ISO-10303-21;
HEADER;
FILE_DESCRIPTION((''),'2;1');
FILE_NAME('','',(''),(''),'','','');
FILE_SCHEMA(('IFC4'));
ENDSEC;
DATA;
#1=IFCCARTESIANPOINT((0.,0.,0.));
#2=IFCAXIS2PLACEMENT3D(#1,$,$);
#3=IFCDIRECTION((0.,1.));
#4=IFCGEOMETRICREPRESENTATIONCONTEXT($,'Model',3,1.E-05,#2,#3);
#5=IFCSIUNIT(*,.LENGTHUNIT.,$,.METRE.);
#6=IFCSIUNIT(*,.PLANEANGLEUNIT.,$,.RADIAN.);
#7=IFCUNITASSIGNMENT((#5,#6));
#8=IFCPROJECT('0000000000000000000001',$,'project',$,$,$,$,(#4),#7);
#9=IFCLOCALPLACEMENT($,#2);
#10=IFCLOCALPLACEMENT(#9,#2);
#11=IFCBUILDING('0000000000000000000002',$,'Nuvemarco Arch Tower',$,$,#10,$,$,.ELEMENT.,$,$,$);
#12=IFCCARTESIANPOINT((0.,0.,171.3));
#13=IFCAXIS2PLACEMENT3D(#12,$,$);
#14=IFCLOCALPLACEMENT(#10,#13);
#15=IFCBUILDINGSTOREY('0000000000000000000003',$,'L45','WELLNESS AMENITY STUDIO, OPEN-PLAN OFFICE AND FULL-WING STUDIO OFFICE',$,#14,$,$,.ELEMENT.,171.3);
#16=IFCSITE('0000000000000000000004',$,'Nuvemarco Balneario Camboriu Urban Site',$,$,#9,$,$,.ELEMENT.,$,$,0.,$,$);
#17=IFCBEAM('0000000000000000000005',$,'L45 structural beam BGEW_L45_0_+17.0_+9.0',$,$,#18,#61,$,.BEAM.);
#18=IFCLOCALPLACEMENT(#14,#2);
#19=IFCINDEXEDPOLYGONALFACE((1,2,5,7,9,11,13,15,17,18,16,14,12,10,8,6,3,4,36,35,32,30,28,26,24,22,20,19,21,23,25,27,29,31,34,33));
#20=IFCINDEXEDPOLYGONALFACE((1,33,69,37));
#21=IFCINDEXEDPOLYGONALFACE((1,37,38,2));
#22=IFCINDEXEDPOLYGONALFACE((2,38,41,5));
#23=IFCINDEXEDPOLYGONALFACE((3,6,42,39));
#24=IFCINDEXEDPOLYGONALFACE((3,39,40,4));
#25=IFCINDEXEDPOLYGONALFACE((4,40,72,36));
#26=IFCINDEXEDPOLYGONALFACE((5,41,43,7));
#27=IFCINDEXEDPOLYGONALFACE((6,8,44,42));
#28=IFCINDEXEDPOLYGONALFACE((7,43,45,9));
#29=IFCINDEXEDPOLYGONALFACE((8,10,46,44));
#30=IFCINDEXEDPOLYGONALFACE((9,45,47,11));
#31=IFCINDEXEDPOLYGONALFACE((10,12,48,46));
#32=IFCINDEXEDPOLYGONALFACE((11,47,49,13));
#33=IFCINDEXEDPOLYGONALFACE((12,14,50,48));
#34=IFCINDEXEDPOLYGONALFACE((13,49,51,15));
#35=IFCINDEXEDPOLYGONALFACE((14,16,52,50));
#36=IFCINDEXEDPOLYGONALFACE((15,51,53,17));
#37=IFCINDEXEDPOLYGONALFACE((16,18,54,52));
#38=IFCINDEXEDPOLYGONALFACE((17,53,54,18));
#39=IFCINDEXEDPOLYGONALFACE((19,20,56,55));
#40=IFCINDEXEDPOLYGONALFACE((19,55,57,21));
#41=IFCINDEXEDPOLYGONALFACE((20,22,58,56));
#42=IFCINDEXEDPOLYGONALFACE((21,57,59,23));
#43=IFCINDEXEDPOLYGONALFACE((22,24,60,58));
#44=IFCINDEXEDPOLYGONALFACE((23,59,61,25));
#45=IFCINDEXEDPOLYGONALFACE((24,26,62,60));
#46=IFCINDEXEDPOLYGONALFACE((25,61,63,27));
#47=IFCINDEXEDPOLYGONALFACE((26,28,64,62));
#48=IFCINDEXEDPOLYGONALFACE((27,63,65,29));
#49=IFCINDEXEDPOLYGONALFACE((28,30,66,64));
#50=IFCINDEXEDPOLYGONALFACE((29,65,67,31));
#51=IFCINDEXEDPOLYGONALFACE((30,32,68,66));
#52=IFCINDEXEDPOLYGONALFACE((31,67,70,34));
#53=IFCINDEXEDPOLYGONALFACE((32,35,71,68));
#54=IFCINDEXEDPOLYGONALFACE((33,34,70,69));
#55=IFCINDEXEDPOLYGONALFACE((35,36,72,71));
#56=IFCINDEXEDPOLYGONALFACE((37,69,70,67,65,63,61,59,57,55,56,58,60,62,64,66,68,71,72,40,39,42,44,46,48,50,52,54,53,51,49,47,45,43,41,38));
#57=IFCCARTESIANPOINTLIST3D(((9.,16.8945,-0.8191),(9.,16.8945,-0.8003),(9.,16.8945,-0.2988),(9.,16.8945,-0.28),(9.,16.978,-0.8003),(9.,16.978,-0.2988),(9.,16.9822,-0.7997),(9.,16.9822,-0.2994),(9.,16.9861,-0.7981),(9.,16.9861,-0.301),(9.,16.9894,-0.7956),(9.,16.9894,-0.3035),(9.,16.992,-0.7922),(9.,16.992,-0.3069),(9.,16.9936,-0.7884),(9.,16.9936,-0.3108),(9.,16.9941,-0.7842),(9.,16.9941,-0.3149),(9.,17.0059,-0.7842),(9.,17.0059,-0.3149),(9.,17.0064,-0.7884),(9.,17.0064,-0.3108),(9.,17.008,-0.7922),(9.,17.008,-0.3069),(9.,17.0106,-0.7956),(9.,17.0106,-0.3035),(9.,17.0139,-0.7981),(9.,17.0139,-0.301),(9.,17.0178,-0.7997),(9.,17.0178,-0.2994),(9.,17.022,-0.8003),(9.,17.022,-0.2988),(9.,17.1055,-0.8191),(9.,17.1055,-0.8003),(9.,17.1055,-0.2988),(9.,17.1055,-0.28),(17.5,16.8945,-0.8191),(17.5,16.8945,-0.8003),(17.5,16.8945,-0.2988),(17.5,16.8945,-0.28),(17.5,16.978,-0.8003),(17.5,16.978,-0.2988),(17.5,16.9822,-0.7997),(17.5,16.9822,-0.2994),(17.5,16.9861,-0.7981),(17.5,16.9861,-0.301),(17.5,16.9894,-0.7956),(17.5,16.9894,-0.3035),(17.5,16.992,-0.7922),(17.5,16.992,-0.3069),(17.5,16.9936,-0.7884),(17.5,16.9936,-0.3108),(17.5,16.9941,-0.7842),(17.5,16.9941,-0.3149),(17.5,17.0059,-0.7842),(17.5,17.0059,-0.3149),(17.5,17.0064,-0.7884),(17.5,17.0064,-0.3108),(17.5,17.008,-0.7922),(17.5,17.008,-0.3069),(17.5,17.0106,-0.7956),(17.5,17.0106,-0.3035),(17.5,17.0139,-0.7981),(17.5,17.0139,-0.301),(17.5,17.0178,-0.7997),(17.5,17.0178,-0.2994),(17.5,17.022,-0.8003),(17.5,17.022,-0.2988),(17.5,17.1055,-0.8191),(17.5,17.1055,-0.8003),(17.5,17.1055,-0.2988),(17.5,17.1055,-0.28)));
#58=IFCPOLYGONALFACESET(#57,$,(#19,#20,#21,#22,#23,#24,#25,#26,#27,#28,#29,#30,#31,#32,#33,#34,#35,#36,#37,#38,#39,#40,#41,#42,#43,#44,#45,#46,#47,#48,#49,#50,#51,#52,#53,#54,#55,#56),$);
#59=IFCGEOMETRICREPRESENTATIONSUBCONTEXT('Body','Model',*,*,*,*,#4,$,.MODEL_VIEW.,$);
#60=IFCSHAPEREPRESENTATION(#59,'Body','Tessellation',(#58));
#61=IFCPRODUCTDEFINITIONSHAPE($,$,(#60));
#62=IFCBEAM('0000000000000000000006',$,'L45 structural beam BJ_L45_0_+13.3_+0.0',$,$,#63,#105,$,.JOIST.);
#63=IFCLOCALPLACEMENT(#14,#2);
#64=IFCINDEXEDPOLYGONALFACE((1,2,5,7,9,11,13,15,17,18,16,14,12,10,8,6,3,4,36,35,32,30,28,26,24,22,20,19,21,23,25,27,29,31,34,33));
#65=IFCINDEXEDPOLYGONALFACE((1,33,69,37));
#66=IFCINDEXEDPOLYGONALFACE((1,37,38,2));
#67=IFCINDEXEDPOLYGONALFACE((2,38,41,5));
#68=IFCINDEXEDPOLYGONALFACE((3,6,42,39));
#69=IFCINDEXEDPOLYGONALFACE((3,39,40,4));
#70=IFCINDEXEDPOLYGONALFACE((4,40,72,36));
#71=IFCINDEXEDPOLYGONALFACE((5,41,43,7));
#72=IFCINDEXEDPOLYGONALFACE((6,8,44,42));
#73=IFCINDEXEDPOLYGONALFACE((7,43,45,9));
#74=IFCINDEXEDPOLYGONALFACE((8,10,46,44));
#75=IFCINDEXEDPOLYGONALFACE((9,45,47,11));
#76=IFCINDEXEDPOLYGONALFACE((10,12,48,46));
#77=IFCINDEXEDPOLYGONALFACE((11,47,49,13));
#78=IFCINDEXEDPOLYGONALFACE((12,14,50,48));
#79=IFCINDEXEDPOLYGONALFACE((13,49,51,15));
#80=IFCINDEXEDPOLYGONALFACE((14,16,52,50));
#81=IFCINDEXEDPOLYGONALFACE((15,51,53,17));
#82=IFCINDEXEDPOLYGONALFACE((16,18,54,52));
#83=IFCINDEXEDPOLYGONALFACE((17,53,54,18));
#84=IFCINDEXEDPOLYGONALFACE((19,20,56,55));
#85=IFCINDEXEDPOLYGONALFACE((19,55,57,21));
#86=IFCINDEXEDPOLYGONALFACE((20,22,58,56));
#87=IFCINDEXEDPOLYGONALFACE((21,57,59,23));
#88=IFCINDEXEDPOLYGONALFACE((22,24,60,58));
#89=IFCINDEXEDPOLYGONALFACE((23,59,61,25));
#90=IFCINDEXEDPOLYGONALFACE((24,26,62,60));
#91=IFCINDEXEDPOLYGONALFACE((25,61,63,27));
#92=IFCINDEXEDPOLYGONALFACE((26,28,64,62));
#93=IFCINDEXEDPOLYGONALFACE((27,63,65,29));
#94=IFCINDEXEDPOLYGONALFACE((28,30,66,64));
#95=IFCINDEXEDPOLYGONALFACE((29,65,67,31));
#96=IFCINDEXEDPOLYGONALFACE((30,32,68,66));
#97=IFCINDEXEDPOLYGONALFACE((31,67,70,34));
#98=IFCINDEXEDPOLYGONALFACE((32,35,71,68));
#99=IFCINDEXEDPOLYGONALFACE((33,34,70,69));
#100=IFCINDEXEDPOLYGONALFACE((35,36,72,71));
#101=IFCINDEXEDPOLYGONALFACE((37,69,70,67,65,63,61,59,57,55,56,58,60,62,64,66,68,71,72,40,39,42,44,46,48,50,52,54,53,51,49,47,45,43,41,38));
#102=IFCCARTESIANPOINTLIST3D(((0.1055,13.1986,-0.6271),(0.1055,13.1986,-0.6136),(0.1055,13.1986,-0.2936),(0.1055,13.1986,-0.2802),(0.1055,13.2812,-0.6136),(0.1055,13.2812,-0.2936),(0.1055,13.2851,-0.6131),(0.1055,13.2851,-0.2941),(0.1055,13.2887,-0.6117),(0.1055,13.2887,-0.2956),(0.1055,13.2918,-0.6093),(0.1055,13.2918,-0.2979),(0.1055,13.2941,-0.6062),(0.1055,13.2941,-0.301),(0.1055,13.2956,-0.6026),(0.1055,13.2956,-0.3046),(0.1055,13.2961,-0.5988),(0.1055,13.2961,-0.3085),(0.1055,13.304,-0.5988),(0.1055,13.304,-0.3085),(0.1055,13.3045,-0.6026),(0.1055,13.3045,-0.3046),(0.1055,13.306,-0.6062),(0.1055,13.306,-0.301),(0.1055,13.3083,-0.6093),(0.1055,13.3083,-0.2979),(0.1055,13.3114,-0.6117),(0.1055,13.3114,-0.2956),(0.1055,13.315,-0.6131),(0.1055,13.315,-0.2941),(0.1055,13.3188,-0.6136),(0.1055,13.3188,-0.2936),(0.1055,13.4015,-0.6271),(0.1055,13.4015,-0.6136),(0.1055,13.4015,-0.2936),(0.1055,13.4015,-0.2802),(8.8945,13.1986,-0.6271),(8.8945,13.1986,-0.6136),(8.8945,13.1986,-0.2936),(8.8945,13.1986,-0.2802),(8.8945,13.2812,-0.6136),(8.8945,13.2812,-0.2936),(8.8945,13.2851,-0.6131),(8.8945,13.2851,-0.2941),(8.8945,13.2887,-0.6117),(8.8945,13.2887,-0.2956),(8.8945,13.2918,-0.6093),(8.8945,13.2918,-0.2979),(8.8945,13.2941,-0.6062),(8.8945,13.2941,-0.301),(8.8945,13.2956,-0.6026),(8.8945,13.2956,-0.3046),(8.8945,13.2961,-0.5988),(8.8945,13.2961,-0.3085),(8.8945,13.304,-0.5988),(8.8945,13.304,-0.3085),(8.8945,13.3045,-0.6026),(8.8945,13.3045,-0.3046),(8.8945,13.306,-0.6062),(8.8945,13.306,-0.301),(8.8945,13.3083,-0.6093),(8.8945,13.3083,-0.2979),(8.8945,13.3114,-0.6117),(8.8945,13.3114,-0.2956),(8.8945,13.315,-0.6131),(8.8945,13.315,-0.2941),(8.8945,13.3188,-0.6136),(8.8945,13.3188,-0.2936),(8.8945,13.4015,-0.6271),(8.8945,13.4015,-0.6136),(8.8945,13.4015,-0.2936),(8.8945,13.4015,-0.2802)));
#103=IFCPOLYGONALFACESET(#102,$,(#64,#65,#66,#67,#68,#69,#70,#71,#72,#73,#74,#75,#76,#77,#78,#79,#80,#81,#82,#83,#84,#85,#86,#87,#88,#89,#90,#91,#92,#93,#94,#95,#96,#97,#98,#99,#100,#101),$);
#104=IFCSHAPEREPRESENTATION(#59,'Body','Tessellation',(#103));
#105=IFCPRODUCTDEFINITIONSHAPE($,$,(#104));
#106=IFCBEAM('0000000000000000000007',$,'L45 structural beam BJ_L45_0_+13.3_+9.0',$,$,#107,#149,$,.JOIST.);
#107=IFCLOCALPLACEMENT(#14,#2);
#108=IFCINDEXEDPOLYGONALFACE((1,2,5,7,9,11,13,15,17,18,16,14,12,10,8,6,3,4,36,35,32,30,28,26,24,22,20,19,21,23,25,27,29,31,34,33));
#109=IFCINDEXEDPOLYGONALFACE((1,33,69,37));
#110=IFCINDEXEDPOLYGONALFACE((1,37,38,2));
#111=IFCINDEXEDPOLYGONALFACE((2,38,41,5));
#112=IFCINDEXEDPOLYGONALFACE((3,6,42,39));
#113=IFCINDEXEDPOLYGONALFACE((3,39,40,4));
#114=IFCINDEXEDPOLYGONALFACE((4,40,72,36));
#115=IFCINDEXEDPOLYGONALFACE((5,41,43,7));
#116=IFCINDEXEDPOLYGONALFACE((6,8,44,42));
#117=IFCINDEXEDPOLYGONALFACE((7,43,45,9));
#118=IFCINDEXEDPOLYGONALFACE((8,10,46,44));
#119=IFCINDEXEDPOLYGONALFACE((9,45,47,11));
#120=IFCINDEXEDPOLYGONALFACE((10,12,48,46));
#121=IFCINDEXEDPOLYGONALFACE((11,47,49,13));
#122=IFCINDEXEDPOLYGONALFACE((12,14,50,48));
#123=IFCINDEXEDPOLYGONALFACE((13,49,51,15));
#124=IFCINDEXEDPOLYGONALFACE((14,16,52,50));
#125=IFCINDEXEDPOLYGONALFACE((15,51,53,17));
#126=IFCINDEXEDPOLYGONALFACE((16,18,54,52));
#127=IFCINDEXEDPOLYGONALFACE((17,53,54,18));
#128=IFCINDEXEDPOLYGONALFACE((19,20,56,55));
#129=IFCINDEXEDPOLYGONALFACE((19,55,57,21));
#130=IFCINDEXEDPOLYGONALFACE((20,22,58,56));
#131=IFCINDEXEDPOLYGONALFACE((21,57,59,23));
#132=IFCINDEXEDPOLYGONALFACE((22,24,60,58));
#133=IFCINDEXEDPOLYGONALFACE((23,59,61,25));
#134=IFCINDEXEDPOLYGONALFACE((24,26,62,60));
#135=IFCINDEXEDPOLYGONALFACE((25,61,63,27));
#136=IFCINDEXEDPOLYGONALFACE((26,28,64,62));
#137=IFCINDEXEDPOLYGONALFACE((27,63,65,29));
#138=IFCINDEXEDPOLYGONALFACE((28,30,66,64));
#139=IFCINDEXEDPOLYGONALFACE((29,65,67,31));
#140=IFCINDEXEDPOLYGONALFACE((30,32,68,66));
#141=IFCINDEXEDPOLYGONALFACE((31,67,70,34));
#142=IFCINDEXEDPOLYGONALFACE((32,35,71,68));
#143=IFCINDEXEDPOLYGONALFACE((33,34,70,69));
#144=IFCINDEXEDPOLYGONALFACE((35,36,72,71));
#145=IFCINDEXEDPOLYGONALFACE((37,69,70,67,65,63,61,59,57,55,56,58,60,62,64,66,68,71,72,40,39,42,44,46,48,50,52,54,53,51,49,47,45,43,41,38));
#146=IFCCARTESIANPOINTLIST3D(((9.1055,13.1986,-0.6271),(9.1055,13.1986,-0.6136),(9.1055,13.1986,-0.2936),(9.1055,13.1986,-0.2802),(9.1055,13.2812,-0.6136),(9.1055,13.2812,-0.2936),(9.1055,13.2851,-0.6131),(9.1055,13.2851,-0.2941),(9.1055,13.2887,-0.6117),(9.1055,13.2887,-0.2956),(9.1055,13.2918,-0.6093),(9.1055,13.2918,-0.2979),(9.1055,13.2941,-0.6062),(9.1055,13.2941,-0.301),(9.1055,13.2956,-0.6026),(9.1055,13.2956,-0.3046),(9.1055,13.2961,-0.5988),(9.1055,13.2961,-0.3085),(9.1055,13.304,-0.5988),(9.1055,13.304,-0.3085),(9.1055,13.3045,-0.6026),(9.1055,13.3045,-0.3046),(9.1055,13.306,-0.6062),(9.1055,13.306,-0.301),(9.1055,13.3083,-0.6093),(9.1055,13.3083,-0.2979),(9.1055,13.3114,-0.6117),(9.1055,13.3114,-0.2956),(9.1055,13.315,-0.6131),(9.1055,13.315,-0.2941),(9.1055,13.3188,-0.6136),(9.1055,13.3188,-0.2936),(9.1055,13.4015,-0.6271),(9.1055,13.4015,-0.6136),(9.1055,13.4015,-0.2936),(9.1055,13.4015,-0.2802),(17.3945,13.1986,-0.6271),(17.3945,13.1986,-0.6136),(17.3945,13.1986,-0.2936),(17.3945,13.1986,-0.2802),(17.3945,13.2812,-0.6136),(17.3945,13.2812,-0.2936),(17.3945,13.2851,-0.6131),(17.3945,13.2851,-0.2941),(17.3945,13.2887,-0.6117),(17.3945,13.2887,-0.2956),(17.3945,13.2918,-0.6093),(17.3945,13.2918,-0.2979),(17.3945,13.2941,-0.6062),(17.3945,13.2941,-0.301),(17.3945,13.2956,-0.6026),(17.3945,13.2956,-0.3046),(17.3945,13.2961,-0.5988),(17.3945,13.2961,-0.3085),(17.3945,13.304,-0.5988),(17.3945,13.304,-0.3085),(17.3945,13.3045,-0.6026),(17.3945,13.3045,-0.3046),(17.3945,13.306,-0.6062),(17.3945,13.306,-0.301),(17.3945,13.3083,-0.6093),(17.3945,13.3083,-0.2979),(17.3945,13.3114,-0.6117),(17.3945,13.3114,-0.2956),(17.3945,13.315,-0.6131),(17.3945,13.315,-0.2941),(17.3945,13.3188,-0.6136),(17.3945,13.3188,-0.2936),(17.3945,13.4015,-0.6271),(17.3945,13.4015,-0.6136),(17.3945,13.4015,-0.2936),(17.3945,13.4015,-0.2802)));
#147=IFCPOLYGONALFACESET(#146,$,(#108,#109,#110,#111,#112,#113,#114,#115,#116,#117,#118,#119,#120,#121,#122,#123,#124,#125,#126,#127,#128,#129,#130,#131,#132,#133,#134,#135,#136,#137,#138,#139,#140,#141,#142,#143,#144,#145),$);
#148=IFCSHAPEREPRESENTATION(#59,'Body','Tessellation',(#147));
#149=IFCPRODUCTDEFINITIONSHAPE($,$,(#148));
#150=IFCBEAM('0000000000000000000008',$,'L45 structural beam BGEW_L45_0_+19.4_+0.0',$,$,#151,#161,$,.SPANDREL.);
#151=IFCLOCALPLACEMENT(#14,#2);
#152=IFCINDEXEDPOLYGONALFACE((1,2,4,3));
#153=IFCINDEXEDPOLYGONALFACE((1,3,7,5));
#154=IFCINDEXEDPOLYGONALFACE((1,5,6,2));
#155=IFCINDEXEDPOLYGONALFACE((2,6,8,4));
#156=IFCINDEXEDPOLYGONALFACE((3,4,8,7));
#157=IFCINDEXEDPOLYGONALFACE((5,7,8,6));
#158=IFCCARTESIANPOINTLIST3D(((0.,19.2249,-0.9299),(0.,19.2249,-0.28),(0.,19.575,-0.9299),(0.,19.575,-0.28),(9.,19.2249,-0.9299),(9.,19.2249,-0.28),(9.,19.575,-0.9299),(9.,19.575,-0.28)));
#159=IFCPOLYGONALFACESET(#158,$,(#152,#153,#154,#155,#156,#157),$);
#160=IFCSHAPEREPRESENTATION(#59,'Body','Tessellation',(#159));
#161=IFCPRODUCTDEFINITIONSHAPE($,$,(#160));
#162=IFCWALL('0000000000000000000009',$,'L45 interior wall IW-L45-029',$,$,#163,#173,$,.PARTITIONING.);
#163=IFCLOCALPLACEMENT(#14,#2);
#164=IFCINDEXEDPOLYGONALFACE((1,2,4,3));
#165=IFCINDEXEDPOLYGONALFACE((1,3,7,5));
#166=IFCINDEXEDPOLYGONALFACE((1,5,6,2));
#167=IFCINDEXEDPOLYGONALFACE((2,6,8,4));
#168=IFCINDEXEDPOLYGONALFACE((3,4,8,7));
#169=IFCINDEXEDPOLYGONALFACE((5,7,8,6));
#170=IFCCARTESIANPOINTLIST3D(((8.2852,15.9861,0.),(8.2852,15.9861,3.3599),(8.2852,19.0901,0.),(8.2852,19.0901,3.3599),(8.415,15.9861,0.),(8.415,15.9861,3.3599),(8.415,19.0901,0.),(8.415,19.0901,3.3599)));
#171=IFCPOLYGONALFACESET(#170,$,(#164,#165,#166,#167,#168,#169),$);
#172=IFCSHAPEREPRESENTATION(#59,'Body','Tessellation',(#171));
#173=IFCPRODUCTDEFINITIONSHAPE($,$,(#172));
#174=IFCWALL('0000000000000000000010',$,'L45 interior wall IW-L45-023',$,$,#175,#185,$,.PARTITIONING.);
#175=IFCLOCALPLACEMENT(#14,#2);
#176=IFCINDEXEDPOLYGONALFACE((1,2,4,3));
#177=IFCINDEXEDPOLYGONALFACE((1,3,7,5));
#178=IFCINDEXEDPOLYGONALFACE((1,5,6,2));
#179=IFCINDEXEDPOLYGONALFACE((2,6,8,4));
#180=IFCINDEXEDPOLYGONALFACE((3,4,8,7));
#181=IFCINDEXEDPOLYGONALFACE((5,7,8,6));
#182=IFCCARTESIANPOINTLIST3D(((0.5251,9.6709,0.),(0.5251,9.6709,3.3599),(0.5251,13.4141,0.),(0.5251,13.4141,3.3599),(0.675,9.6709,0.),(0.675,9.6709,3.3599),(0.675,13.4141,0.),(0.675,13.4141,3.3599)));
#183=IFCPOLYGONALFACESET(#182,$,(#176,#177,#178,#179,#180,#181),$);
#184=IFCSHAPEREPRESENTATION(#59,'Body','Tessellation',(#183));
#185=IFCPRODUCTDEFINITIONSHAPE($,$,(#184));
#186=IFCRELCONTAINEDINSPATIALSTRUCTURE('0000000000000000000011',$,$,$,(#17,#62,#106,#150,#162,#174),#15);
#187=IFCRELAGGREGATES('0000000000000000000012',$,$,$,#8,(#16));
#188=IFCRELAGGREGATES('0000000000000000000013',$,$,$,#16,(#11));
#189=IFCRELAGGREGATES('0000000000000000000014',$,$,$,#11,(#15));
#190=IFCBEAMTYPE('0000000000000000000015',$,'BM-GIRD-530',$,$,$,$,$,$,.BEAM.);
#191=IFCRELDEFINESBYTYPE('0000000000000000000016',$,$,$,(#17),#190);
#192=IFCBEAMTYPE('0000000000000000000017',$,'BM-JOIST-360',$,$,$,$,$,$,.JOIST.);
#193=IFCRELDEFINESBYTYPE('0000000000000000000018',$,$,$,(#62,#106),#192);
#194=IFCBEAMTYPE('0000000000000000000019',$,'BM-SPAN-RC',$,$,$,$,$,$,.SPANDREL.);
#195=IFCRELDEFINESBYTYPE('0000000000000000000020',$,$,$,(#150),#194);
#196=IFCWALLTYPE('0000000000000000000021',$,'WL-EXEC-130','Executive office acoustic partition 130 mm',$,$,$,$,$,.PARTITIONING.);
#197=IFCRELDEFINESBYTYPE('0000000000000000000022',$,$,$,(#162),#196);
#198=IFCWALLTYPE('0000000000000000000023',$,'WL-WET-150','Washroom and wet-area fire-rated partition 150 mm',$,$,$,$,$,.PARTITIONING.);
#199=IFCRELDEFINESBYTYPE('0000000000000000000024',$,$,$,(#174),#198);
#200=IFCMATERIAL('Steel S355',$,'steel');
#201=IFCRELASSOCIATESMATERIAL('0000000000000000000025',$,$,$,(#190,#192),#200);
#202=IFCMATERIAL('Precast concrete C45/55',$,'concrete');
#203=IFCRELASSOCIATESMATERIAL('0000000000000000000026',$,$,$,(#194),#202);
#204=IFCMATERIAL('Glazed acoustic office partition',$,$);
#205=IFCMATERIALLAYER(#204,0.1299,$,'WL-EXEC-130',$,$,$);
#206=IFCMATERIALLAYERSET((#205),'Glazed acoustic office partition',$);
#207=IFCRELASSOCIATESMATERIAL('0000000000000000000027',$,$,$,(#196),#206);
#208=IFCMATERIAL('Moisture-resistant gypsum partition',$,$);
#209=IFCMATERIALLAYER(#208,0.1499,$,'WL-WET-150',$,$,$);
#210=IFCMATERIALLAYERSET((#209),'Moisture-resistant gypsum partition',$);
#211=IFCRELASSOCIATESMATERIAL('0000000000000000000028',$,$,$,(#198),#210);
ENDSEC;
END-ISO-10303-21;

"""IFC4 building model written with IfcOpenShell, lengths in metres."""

from ifc_helpers import new_model, si_unit, direction, frame, frame_2d, origin, origin_2d, place, context, subcontext, project, spatial, rectangle, i_section, extrude, material, layer, layer_set, material_profile, profile_set, type_object, element, save


model = new_model("IFC4")

# Units and contexts
model_context = context("Model", 3, precision=1e-05, world=origin(), true_north=direction((0.0, 1.0)))
body_context = subcontext(model_context, "Body", "Model", "MODEL_VIEW")
ifc_project = project(units=[si_unit("LENGTHUNIT", "METRE"), si_unit("PLANEANGLEUNIT", "RADIAN")], contexts=[model_context])

# Site, building, storey
site_placement = place(None, origin())
site = spatial("IfcSite", under=ifc_project, at=site_placement, Name="Nuvemarco Balneario Camboriu Urban Site", CompositionType="ELEMENT", RefElevation=0.0)
building_placement = place(site_placement, origin())
building = spatial("IfcBuilding", under=site, at=building_placement, Name="Nuvemarco Arch Tower", CompositionType="ELEMENT")
storey_placement = place(building_placement, frame((0.0, 0.0, 171.3)))
storey = spatial("IfcBuildingStorey", under=building, at=storey_placement, Name="L45", Description="WELLNESS AMENITY STUDIO, OPEN-PLAN OFFICE AND FULL-WING STUDIO OFFICE", CompositionType="ELEMENT", Elevation=171.3)

# Shared definitions
ifc_material_1 = material(Name="Steel S355", Category="steel")

# Beams
ifc_material_profile_1 = material_profile(ifc_material_1, i_section(OverallWidth=0.2109, OverallDepth=0.5391, WebThickness=0.0117, FlangeThickness=0.0188, FilletRadius=0.0161, at=origin_2d()), Name="W530x109")
ifc_profile_set_1 = profile_set([ifc_material_profile_1], Name="Steel S355")
beam_type_1 = type_object("IfcBeamType", Name="BM-GIRD-530", PredefinedType="BEAM", material=ifc_profile_set_1)
beam_1_placement = place(storey_placement, frame((9.0, 17.0, -0.5496), z_axis=(1.0, 0.0, 0.0), x_axis=(0.0, 1.0, 0.0)))
element("IfcBeam", 1, at=beam_1_placement, inside=storey, type_object=beam_type_1, Name="L45 structural beam BGEW_L45_0_+17.0_+9.0", PredefinedType="BEAM", context=body_context, shape_type="SweptSolid", body=[
    extrude(i_section(OverallWidth=0.2109, OverallDepth=0.5391, WebThickness=0.0117, FlangeThickness=0.0188, FilletRadius=0.0161, at=origin_2d()), origin(), (0.0, 0.0, 1.0), 8.5),
])
ifc_material_profile_2 = material_profile(ifc_material_1, i_section(OverallWidth=0.2029, OverallDepth=0.3469, WebThickness=0.0078, FlangeThickness=0.0134, FilletRadius=0.0149, at=origin_2d()), Name="W360x64")
ifc_profile_set_2 = profile_set([ifc_material_profile_2], Name="Steel S355")
beam_type_2 = type_object("IfcBeamType", Name="BM-JOIST-360", PredefinedType="JOIST", material=ifc_profile_set_2)
beam_2_placement = place(storey_placement, frame((0.1055, 13.3, -0.4536), z_axis=(1.0, 0.0, 0.0), x_axis=(0.0, 1.0, 0.0)))
element("IfcBeam", 2, at=beam_2_placement, inside=storey, type_object=beam_type_2, Name="L45 structural beam BJ_L45_0_+13.3_+0.0", PredefinedType="JOIST", context=body_context, shape_type="SweptSolid", body=[
    extrude(i_section(OverallWidth=0.2029, OverallDepth=0.3469, WebThickness=0.0078, FlangeThickness=0.0134, FilletRadius=0.0149, at=origin_2d()), origin(), (0.0, 0.0, 1.0), 8.7891),
])
beam_3_placement = place(storey_placement, frame((9.1055, 13.3, -0.4536), z_axis=(1.0, 0.0, 0.0), x_axis=(0.0, 1.0, 0.0)))
element("IfcBeam", 3, at=beam_3_placement, inside=storey, type_object=beam_type_2, Name="L45 structural beam BJ_L45_0_+13.3_+9.0", PredefinedType="JOIST", context=body_context, shape_type="SweptSolid", body=[
    extrude(i_section(OverallWidth=0.2029, OverallDepth=0.3469, WebThickness=0.0078, FlangeThickness=0.0134, FilletRadius=0.0149, at=origin_2d()), origin(), (0.0, 0.0, 1.0), 8.2891),
])
ifc_material_2 = material(Name="Precast concrete C45/55", Category="concrete")
ifc_material_profile_3 = material_profile(ifc_material_2, rectangle(XDim=0.3501, YDim=0.6499, at=origin_2d()), Name="PC-SP-350x650")
ifc_profile_set_3 = profile_set([ifc_material_profile_3], Name="Precast concrete C45/55")
beam_type_3 = type_object("IfcBeamType", Name="BM-SPAN-RC", PredefinedType="SPANDREL", material=ifc_profile_set_3)
beam_4_placement = place(storey_placement, frame((0.0, 19.3999, -0.605), z_axis=(1.0, 0.0, 0.0), x_axis=(0.0, 1.0, 0.0)))
element("IfcBeam", 4, at=beam_4_placement, inside=storey, type_object=beam_type_3, Name="L45 structural beam BGEW_L45_0_+19.4_+0.0", PredefinedType="SPANDREL", context=body_context, shape_type="SweptSolid", body=[
    extrude(rectangle(XDim=0.3501, YDim=0.6499, at=origin_2d()), origin(), (0.0, 0.0, 1.0), 9.0),
])

# Walls
ifc_material_3 = material(Name="Glazed acoustic office partition")
ifc_layer_1 = layer(ifc_material_3, 0.1299, Name="WL-EXEC-130")
ifc_layer_set_1 = layer_set([ifc_layer_1], Name="Glazed acoustic office partition")
wall_type_1 = type_object("IfcWallType", Name="WL-EXEC-130", Description="Executive office acoustic partition 130 mm", PredefinedType="PARTITIONING", material=ifc_layer_set_1)
wall_placement = place(storey_placement, frame((8.3501, 15.9861, 0.0), z_axis=(0.0, 0.0, 1.0), x_axis=(0.0, 1.0, 0.0)))
element("IfcWall", 5, at=wall_placement, inside=storey, type_object=wall_type_1, Name="L45 interior wall IW-L45-029", PredefinedType="PARTITIONING", context=body_context, shape_type="SweptSolid", body=[
    extrude(rectangle(XDim=3.104, YDim=0.1299, at=frame_2d((1.552, 0.0))), origin(), (0.0, 0.0, 1.0), 3.3599),
])
ifc_material_4 = material(Name="Moisture-resistant gypsum partition")
ifc_layer_2 = layer(ifc_material_4, 0.1499, Name="WL-WET-150")
ifc_layer_set_2 = layer_set([ifc_layer_2], Name="Moisture-resistant gypsum partition")
wall_type_2 = type_object("IfcWallType", Name="WL-WET-150", Description="Washroom and wet-area fire-rated partition 150 mm", PredefinedType="PARTITIONING", material=ifc_layer_set_2)
for number, where, z_axis, x_axis, name in (
    (6, (0.6001, 9.6709, 0.0), (0.0, 0.0, 1.0), (0.0, 1.0, 0.0), "L45 interior wall IW-L45-023"),
):
    element("IfcWall", number, at=place(storey_placement, frame(where, z_axis=z_axis, x_axis=x_axis)), inside=storey, type_object=wall_type_2, Name=name, PredefinedType="PARTITIONING", context=body_context, shape_type="SweptSolid", body=[
        extrude(rectangle(XDim=3.7432, YDim=0.1499, at=frame_2d((1.8716, 0.0))), origin(), (0.0, 0.0, 1.0), 3.3599),
    ])

save(model, "model.ifc")
